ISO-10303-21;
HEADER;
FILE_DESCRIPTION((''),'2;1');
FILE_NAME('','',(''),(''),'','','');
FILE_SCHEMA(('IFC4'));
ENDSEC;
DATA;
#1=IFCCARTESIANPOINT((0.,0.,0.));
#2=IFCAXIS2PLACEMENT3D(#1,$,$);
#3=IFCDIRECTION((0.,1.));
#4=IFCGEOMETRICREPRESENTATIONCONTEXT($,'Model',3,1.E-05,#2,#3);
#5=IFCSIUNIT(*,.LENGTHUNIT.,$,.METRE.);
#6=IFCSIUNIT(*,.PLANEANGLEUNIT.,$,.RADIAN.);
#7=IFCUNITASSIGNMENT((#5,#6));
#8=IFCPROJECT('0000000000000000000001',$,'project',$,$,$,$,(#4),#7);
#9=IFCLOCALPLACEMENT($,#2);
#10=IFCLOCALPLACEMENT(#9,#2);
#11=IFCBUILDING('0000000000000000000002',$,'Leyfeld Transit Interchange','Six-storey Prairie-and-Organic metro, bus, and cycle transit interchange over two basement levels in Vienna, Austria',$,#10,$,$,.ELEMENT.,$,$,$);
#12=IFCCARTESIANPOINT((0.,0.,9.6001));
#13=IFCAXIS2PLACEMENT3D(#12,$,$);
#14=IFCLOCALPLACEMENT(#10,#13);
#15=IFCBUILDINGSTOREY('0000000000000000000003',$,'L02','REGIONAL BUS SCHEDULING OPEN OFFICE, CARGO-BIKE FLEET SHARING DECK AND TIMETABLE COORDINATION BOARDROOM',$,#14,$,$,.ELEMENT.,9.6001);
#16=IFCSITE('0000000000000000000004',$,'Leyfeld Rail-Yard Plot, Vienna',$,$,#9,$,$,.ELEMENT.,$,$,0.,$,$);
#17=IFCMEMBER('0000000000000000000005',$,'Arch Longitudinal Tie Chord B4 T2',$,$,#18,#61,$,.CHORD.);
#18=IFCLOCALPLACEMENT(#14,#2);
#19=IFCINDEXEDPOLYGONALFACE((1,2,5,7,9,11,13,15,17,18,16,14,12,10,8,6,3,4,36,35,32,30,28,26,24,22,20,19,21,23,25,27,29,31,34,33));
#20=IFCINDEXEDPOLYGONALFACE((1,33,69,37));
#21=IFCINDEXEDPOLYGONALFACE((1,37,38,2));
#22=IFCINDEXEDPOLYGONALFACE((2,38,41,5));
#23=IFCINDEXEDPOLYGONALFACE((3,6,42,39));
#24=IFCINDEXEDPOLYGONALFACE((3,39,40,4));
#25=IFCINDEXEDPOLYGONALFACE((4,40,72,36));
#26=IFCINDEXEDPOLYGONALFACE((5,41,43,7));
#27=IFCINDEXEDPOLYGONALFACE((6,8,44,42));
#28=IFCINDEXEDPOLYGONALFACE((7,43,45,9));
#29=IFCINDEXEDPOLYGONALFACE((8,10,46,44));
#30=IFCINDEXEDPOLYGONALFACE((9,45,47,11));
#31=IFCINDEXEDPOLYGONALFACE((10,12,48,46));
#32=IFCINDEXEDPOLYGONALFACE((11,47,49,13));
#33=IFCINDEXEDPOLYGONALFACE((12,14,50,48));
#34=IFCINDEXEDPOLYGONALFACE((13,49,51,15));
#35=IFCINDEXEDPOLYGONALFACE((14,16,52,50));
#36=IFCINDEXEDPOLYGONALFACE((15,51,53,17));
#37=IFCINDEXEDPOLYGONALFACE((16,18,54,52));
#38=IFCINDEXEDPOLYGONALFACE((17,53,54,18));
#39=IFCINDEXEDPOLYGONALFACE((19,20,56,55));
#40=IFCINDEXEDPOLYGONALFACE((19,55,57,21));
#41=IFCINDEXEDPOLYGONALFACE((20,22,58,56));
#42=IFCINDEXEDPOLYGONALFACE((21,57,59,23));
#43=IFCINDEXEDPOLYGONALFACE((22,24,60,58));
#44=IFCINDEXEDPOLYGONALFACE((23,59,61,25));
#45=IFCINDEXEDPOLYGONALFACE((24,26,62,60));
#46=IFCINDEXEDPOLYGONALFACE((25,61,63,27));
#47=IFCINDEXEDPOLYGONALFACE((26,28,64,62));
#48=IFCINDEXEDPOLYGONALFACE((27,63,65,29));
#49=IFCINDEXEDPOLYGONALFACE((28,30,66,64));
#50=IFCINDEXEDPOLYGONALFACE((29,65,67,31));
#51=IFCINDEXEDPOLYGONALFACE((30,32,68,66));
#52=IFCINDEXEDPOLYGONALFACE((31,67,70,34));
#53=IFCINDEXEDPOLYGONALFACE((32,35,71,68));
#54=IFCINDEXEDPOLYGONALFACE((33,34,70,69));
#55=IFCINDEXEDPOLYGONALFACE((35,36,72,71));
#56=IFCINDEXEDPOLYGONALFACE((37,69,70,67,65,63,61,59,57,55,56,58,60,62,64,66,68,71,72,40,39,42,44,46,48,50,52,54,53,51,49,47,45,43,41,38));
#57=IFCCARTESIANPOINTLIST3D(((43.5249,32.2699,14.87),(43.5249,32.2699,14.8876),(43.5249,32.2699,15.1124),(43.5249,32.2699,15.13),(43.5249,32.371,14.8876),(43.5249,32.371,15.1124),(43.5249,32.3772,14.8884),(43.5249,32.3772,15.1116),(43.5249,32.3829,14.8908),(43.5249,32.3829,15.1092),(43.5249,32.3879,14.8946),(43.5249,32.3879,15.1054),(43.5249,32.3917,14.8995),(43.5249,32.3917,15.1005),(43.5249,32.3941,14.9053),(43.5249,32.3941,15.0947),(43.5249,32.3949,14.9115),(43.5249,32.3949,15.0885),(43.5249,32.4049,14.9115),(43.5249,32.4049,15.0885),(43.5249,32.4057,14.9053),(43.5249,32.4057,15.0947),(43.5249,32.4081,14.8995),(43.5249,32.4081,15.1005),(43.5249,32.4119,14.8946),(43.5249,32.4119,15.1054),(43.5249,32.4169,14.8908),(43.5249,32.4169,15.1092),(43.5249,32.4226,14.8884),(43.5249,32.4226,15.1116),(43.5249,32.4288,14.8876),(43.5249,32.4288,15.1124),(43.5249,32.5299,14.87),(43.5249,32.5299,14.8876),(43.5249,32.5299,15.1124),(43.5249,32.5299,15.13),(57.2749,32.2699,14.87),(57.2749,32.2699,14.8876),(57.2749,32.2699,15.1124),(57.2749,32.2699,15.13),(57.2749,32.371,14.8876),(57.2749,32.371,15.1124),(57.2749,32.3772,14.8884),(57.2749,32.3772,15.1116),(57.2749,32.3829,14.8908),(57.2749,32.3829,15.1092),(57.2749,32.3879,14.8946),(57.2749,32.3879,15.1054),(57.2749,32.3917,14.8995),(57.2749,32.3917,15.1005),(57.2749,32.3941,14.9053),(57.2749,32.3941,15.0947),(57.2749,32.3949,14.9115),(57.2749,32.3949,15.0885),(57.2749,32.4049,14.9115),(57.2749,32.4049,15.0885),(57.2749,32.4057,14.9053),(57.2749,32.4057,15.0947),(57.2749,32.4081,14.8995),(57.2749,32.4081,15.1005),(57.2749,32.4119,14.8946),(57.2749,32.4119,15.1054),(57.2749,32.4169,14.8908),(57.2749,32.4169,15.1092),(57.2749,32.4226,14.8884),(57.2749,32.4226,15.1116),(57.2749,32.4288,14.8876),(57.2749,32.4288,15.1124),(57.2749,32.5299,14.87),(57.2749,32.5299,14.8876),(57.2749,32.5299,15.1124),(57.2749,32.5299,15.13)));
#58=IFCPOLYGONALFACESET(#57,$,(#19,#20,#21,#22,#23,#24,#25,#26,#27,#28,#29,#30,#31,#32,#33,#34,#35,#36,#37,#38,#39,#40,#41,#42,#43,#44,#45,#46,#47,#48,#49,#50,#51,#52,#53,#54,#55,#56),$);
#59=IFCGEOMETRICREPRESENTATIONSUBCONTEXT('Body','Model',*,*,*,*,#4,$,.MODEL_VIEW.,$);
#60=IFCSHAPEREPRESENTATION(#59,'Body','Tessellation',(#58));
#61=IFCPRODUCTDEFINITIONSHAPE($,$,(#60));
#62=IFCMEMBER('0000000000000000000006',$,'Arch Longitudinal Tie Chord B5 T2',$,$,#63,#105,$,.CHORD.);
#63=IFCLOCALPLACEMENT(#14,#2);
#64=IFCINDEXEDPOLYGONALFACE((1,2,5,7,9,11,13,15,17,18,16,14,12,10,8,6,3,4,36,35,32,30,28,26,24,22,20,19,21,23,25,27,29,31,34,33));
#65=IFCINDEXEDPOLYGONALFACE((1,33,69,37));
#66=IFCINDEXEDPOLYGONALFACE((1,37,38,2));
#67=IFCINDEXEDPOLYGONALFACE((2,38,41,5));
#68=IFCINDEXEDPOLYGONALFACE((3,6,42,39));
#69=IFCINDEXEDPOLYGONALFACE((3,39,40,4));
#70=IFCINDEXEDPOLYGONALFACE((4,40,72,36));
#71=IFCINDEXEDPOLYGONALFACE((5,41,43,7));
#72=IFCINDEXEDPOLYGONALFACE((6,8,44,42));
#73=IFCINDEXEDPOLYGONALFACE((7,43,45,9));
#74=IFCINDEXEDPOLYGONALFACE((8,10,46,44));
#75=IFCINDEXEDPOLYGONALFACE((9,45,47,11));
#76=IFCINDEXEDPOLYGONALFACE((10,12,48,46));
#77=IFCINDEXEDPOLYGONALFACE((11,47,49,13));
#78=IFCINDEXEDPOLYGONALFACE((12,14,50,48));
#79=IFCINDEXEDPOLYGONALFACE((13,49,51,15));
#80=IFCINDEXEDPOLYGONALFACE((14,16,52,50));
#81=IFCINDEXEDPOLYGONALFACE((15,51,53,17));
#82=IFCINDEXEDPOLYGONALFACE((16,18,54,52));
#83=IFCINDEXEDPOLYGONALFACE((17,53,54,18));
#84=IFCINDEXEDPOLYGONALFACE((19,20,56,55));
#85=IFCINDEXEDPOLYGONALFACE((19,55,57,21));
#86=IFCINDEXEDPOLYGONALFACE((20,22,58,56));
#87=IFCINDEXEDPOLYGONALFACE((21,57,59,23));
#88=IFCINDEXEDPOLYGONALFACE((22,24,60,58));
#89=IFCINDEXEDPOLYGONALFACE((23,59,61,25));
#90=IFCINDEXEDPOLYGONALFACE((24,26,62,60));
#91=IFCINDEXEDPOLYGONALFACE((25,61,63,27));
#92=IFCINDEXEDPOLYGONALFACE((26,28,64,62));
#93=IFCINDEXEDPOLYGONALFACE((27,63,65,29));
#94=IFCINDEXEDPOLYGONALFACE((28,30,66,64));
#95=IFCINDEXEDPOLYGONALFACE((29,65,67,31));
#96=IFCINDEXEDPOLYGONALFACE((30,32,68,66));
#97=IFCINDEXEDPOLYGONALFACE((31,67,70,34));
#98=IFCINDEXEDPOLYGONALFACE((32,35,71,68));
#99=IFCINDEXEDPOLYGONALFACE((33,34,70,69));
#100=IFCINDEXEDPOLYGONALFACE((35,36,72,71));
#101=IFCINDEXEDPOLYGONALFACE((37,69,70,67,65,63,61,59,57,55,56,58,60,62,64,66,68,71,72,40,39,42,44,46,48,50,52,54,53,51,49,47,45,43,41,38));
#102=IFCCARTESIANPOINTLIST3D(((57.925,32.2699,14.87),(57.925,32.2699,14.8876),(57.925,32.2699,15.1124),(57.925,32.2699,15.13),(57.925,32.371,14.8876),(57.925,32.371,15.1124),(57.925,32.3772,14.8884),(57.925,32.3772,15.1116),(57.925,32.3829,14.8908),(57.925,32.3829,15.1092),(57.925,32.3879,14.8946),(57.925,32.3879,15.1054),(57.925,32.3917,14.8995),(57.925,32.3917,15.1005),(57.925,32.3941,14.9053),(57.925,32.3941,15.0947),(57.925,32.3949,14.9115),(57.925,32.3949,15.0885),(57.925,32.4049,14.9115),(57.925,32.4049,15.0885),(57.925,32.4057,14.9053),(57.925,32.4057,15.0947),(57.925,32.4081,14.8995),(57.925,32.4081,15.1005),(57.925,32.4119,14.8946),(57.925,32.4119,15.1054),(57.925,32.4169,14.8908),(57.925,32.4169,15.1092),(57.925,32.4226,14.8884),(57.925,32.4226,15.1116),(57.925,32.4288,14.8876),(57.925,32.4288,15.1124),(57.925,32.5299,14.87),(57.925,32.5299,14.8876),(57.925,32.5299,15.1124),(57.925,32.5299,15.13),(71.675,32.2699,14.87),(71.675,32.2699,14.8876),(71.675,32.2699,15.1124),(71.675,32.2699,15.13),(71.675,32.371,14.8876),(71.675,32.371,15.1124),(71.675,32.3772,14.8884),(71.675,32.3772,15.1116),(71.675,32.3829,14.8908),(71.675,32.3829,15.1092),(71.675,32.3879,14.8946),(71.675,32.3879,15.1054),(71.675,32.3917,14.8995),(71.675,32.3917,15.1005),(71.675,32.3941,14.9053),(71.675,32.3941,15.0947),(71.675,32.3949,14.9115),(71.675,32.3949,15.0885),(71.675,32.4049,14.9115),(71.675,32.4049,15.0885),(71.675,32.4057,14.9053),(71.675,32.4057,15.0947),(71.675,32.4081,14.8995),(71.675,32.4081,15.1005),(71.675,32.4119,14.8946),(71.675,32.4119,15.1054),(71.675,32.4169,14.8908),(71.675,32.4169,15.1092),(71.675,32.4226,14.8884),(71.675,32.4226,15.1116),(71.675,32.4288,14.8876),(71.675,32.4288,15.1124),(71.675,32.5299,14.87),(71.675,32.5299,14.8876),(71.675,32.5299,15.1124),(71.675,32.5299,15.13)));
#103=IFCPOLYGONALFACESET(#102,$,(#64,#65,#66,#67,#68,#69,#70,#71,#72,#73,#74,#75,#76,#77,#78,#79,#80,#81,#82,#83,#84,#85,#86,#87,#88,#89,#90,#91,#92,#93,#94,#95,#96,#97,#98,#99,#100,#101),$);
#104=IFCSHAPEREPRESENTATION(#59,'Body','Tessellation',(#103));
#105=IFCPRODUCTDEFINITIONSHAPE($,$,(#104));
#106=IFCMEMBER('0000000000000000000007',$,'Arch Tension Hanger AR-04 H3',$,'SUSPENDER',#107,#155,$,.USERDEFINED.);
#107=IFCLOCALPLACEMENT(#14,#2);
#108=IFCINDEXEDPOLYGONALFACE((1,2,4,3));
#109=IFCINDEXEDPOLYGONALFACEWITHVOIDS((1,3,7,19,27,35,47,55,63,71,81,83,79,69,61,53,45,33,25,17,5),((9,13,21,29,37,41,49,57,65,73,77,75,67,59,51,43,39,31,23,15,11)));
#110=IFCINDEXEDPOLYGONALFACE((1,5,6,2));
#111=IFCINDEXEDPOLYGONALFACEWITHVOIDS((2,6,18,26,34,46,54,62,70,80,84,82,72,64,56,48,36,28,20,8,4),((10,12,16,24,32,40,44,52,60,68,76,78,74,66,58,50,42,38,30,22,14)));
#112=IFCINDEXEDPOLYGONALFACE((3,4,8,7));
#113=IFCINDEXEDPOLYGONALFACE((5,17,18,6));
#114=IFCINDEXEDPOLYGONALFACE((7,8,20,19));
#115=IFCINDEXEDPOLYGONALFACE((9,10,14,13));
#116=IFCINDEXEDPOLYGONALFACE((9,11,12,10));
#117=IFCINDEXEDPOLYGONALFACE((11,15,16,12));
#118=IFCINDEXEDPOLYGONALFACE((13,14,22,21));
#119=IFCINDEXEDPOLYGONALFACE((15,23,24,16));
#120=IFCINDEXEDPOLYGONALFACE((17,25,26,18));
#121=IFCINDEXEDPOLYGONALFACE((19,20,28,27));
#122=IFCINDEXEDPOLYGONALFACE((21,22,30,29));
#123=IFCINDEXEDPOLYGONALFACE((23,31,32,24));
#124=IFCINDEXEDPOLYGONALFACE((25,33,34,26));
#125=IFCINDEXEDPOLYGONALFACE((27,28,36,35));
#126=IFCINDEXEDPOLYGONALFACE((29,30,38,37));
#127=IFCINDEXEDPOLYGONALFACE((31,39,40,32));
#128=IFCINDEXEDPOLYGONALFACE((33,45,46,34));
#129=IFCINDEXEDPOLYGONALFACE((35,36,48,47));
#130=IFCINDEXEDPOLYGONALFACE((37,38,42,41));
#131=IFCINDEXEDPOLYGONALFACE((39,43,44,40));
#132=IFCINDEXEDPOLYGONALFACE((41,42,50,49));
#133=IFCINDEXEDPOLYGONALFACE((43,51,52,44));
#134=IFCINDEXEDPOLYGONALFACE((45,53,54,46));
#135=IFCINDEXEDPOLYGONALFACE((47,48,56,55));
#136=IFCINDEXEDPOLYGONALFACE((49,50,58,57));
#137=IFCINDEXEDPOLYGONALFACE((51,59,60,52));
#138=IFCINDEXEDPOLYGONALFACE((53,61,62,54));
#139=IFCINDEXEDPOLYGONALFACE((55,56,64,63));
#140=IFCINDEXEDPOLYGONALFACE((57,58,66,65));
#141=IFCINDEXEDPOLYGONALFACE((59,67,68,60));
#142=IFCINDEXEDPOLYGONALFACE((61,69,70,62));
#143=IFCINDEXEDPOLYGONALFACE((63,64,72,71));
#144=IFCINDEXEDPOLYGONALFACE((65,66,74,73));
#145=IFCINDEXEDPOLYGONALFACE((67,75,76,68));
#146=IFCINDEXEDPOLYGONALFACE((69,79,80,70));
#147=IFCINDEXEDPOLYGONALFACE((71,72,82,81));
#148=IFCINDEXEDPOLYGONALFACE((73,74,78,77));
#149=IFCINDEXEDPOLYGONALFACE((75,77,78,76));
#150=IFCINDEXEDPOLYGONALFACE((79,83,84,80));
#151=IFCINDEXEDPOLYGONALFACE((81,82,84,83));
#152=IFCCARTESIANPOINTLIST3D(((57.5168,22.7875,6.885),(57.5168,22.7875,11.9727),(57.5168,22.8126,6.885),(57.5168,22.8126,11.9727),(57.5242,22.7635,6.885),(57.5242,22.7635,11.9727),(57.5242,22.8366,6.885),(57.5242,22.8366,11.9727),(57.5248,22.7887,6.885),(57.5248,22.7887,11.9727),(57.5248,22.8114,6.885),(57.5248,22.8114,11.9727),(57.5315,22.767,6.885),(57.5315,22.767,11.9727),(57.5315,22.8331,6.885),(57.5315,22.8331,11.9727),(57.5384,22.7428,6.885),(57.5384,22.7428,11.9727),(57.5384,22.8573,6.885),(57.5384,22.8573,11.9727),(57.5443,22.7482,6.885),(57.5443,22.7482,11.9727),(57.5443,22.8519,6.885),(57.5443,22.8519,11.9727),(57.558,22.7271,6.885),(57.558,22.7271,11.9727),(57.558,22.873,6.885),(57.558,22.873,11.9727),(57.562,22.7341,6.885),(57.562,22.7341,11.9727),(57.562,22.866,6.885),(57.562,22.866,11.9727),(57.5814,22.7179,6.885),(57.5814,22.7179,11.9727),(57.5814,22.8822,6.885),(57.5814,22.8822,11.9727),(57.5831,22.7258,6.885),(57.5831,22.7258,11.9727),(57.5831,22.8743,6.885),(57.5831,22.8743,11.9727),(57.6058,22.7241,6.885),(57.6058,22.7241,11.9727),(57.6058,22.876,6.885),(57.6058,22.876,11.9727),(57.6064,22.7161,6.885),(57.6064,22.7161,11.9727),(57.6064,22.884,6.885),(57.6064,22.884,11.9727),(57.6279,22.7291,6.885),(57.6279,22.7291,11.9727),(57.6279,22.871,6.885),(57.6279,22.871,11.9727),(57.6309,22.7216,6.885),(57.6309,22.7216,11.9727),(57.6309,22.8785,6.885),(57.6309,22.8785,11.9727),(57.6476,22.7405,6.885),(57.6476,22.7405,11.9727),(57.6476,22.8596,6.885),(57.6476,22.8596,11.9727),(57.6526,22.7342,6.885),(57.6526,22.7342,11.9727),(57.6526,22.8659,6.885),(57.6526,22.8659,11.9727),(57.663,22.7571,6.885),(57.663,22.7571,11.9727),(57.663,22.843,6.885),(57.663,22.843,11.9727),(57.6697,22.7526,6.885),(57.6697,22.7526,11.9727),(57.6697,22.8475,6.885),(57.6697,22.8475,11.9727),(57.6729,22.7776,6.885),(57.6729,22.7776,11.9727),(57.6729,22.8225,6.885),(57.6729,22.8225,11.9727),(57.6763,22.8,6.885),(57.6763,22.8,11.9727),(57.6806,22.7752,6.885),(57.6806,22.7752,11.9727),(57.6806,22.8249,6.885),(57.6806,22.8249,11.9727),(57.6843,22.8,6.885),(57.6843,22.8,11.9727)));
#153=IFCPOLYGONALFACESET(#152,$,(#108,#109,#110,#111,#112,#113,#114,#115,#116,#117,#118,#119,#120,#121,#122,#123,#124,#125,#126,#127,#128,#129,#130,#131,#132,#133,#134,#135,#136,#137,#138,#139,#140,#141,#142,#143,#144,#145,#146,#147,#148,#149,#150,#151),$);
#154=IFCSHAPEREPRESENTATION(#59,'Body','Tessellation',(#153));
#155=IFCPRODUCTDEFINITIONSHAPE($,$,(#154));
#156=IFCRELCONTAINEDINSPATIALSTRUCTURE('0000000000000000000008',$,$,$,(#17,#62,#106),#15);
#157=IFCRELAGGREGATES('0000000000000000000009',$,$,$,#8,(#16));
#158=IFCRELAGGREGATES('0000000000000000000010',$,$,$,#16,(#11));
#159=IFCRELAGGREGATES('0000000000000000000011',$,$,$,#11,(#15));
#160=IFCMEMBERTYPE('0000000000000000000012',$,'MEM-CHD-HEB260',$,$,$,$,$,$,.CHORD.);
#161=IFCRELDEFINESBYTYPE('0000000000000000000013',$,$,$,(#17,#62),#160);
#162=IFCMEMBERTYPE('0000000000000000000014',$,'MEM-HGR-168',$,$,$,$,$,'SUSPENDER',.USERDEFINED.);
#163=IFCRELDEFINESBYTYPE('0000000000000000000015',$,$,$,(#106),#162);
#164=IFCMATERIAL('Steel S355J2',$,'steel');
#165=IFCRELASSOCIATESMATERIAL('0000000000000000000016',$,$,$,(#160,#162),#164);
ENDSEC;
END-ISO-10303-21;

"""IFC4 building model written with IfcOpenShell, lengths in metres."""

from ifc_helpers import new_model, si_unit, direction, frame, origin, origin_2d, place, context, subcontext, project, spatial, hollow_circle, i_section, extrude, material, material_profile, profile_set, type_object, element, save


model = new_model("IFC4")

# Units and contexts
model_context = context("Model", 3, precision=1e-05, world=origin(), true_north=direction((0.0, 1.0)))
body_context = subcontext(model_context, "Body", "Model", "MODEL_VIEW")
ifc_project = project(units=[si_unit("LENGTHUNIT", "METRE"), si_unit("PLANEANGLEUNIT", "RADIAN")], contexts=[model_context])

# Site, building, storey
site_placement = place(None, origin())
site = spatial("IfcSite", under=ifc_project, at=site_placement, Name="Leyfeld Rail-Yard Plot, Vienna", CompositionType="ELEMENT", RefElevation=0.0)
building_placement = place(site_placement, origin())
building = spatial("IfcBuilding", under=site, at=building_placement, Name="Leyfeld Transit Interchange", Description="Six-storey Prairie-and-Organic metro, bus, and cycle transit interchange over two basement levels in Vienna, Austria", CompositionType="ELEMENT")
storey_placement = place(building_placement, frame((0.0, 0.0, 9.6001)))
storey = spatial("IfcBuildingStorey", under=building, at=storey_placement, Name="L02", Description="REGIONAL BUS SCHEDULING OPEN OFFICE, CARGO-BIKE FLEET SHARING DECK AND TIMETABLE COORDINATION BOARDROOM", CompositionType="ELEMENT", Elevation=9.6001)

# Members
ifc_material_1 = material(Name="Steel S355J2", Category="steel")
ifc_material_profile_1 = material_profile(ifc_material_1, i_section(OverallWidth=0.26, OverallDepth=0.26, WebThickness=0.01, FlangeThickness=0.0176, FilletRadius=0.0239, at=origin_2d()), Name="HEB 260")
ifc_profile_set_1 = profile_set([ifc_material_profile_1], Name="Steel S355J2")
member_type_1 = type_object("IfcMemberType", Name="MEM-CHD-HEB260", PredefinedType="CHORD", material=ifc_profile_set_1)
for number, where, z_axis, x_axis, name in (
    (1, (43.5249, 32.3999, 15.0), (1.0, 0.0, 0.0), (0.0, 1.0, 0.0), "Arch Longitudinal Tie Chord B4 T2"),
    (2, (57.925, 32.3999, 15.0), (1.0, 0.0, 0.0), (0.0, 1.0, 0.0), "Arch Longitudinal Tie Chord B5 T2"),
):
    element("IfcMember", number, at=place(storey_placement, frame(where, z_axis=z_axis, x_axis=x_axis)), inside=storey, type_object=member_type_1, Name=name, PredefinedType="CHORD", context=body_context, shape_type="SweptSolid", body=[
        extrude(i_section(OverallWidth=0.26, OverallDepth=0.26, WebThickness=0.01, FlangeThickness=0.0176, FilletRadius=0.0239, at=origin_2d()), origin(), (0.0, 0.0, 1.0), 13.75),
    ])
ifc_material_profile_2 = material_profile(ifc_material_1, hollow_circle(Radius=0.0842, WallThickness=0.0081, at=origin_2d()), Name="CHS 168.3x8")
ifc_profile_set_2 = profile_set([ifc_material_profile_2], Name="Steel S355J2")
member_type_2 = type_object("IfcMemberType", Name="MEM-HGR-168", ElementType="SUSPENDER", PredefinedType="USERDEFINED", material=ifc_profile_set_2)
member_1_placement = place(storey_placement, frame((57.6001, 22.8, 6.885), z_axis=(0.0, 0.0, 1.0), x_axis=(1.0, 0.0, 0.0)))
element("IfcMember", 3, at=member_1_placement, inside=storey, type_object=member_type_2, Name="Arch Tension Hanger AR-04 H3", ObjectType="SUSPENDER", PredefinedType="USERDEFINED", context=body_context, shape_type="SweptSolid", body=[
    extrude(hollow_circle(Radius=0.0842, WallThickness=0.0081, at=origin_2d()), origin(), (0.0, 0.0, 1.0), 5.0876),
])

save(model, "model.ifc")
